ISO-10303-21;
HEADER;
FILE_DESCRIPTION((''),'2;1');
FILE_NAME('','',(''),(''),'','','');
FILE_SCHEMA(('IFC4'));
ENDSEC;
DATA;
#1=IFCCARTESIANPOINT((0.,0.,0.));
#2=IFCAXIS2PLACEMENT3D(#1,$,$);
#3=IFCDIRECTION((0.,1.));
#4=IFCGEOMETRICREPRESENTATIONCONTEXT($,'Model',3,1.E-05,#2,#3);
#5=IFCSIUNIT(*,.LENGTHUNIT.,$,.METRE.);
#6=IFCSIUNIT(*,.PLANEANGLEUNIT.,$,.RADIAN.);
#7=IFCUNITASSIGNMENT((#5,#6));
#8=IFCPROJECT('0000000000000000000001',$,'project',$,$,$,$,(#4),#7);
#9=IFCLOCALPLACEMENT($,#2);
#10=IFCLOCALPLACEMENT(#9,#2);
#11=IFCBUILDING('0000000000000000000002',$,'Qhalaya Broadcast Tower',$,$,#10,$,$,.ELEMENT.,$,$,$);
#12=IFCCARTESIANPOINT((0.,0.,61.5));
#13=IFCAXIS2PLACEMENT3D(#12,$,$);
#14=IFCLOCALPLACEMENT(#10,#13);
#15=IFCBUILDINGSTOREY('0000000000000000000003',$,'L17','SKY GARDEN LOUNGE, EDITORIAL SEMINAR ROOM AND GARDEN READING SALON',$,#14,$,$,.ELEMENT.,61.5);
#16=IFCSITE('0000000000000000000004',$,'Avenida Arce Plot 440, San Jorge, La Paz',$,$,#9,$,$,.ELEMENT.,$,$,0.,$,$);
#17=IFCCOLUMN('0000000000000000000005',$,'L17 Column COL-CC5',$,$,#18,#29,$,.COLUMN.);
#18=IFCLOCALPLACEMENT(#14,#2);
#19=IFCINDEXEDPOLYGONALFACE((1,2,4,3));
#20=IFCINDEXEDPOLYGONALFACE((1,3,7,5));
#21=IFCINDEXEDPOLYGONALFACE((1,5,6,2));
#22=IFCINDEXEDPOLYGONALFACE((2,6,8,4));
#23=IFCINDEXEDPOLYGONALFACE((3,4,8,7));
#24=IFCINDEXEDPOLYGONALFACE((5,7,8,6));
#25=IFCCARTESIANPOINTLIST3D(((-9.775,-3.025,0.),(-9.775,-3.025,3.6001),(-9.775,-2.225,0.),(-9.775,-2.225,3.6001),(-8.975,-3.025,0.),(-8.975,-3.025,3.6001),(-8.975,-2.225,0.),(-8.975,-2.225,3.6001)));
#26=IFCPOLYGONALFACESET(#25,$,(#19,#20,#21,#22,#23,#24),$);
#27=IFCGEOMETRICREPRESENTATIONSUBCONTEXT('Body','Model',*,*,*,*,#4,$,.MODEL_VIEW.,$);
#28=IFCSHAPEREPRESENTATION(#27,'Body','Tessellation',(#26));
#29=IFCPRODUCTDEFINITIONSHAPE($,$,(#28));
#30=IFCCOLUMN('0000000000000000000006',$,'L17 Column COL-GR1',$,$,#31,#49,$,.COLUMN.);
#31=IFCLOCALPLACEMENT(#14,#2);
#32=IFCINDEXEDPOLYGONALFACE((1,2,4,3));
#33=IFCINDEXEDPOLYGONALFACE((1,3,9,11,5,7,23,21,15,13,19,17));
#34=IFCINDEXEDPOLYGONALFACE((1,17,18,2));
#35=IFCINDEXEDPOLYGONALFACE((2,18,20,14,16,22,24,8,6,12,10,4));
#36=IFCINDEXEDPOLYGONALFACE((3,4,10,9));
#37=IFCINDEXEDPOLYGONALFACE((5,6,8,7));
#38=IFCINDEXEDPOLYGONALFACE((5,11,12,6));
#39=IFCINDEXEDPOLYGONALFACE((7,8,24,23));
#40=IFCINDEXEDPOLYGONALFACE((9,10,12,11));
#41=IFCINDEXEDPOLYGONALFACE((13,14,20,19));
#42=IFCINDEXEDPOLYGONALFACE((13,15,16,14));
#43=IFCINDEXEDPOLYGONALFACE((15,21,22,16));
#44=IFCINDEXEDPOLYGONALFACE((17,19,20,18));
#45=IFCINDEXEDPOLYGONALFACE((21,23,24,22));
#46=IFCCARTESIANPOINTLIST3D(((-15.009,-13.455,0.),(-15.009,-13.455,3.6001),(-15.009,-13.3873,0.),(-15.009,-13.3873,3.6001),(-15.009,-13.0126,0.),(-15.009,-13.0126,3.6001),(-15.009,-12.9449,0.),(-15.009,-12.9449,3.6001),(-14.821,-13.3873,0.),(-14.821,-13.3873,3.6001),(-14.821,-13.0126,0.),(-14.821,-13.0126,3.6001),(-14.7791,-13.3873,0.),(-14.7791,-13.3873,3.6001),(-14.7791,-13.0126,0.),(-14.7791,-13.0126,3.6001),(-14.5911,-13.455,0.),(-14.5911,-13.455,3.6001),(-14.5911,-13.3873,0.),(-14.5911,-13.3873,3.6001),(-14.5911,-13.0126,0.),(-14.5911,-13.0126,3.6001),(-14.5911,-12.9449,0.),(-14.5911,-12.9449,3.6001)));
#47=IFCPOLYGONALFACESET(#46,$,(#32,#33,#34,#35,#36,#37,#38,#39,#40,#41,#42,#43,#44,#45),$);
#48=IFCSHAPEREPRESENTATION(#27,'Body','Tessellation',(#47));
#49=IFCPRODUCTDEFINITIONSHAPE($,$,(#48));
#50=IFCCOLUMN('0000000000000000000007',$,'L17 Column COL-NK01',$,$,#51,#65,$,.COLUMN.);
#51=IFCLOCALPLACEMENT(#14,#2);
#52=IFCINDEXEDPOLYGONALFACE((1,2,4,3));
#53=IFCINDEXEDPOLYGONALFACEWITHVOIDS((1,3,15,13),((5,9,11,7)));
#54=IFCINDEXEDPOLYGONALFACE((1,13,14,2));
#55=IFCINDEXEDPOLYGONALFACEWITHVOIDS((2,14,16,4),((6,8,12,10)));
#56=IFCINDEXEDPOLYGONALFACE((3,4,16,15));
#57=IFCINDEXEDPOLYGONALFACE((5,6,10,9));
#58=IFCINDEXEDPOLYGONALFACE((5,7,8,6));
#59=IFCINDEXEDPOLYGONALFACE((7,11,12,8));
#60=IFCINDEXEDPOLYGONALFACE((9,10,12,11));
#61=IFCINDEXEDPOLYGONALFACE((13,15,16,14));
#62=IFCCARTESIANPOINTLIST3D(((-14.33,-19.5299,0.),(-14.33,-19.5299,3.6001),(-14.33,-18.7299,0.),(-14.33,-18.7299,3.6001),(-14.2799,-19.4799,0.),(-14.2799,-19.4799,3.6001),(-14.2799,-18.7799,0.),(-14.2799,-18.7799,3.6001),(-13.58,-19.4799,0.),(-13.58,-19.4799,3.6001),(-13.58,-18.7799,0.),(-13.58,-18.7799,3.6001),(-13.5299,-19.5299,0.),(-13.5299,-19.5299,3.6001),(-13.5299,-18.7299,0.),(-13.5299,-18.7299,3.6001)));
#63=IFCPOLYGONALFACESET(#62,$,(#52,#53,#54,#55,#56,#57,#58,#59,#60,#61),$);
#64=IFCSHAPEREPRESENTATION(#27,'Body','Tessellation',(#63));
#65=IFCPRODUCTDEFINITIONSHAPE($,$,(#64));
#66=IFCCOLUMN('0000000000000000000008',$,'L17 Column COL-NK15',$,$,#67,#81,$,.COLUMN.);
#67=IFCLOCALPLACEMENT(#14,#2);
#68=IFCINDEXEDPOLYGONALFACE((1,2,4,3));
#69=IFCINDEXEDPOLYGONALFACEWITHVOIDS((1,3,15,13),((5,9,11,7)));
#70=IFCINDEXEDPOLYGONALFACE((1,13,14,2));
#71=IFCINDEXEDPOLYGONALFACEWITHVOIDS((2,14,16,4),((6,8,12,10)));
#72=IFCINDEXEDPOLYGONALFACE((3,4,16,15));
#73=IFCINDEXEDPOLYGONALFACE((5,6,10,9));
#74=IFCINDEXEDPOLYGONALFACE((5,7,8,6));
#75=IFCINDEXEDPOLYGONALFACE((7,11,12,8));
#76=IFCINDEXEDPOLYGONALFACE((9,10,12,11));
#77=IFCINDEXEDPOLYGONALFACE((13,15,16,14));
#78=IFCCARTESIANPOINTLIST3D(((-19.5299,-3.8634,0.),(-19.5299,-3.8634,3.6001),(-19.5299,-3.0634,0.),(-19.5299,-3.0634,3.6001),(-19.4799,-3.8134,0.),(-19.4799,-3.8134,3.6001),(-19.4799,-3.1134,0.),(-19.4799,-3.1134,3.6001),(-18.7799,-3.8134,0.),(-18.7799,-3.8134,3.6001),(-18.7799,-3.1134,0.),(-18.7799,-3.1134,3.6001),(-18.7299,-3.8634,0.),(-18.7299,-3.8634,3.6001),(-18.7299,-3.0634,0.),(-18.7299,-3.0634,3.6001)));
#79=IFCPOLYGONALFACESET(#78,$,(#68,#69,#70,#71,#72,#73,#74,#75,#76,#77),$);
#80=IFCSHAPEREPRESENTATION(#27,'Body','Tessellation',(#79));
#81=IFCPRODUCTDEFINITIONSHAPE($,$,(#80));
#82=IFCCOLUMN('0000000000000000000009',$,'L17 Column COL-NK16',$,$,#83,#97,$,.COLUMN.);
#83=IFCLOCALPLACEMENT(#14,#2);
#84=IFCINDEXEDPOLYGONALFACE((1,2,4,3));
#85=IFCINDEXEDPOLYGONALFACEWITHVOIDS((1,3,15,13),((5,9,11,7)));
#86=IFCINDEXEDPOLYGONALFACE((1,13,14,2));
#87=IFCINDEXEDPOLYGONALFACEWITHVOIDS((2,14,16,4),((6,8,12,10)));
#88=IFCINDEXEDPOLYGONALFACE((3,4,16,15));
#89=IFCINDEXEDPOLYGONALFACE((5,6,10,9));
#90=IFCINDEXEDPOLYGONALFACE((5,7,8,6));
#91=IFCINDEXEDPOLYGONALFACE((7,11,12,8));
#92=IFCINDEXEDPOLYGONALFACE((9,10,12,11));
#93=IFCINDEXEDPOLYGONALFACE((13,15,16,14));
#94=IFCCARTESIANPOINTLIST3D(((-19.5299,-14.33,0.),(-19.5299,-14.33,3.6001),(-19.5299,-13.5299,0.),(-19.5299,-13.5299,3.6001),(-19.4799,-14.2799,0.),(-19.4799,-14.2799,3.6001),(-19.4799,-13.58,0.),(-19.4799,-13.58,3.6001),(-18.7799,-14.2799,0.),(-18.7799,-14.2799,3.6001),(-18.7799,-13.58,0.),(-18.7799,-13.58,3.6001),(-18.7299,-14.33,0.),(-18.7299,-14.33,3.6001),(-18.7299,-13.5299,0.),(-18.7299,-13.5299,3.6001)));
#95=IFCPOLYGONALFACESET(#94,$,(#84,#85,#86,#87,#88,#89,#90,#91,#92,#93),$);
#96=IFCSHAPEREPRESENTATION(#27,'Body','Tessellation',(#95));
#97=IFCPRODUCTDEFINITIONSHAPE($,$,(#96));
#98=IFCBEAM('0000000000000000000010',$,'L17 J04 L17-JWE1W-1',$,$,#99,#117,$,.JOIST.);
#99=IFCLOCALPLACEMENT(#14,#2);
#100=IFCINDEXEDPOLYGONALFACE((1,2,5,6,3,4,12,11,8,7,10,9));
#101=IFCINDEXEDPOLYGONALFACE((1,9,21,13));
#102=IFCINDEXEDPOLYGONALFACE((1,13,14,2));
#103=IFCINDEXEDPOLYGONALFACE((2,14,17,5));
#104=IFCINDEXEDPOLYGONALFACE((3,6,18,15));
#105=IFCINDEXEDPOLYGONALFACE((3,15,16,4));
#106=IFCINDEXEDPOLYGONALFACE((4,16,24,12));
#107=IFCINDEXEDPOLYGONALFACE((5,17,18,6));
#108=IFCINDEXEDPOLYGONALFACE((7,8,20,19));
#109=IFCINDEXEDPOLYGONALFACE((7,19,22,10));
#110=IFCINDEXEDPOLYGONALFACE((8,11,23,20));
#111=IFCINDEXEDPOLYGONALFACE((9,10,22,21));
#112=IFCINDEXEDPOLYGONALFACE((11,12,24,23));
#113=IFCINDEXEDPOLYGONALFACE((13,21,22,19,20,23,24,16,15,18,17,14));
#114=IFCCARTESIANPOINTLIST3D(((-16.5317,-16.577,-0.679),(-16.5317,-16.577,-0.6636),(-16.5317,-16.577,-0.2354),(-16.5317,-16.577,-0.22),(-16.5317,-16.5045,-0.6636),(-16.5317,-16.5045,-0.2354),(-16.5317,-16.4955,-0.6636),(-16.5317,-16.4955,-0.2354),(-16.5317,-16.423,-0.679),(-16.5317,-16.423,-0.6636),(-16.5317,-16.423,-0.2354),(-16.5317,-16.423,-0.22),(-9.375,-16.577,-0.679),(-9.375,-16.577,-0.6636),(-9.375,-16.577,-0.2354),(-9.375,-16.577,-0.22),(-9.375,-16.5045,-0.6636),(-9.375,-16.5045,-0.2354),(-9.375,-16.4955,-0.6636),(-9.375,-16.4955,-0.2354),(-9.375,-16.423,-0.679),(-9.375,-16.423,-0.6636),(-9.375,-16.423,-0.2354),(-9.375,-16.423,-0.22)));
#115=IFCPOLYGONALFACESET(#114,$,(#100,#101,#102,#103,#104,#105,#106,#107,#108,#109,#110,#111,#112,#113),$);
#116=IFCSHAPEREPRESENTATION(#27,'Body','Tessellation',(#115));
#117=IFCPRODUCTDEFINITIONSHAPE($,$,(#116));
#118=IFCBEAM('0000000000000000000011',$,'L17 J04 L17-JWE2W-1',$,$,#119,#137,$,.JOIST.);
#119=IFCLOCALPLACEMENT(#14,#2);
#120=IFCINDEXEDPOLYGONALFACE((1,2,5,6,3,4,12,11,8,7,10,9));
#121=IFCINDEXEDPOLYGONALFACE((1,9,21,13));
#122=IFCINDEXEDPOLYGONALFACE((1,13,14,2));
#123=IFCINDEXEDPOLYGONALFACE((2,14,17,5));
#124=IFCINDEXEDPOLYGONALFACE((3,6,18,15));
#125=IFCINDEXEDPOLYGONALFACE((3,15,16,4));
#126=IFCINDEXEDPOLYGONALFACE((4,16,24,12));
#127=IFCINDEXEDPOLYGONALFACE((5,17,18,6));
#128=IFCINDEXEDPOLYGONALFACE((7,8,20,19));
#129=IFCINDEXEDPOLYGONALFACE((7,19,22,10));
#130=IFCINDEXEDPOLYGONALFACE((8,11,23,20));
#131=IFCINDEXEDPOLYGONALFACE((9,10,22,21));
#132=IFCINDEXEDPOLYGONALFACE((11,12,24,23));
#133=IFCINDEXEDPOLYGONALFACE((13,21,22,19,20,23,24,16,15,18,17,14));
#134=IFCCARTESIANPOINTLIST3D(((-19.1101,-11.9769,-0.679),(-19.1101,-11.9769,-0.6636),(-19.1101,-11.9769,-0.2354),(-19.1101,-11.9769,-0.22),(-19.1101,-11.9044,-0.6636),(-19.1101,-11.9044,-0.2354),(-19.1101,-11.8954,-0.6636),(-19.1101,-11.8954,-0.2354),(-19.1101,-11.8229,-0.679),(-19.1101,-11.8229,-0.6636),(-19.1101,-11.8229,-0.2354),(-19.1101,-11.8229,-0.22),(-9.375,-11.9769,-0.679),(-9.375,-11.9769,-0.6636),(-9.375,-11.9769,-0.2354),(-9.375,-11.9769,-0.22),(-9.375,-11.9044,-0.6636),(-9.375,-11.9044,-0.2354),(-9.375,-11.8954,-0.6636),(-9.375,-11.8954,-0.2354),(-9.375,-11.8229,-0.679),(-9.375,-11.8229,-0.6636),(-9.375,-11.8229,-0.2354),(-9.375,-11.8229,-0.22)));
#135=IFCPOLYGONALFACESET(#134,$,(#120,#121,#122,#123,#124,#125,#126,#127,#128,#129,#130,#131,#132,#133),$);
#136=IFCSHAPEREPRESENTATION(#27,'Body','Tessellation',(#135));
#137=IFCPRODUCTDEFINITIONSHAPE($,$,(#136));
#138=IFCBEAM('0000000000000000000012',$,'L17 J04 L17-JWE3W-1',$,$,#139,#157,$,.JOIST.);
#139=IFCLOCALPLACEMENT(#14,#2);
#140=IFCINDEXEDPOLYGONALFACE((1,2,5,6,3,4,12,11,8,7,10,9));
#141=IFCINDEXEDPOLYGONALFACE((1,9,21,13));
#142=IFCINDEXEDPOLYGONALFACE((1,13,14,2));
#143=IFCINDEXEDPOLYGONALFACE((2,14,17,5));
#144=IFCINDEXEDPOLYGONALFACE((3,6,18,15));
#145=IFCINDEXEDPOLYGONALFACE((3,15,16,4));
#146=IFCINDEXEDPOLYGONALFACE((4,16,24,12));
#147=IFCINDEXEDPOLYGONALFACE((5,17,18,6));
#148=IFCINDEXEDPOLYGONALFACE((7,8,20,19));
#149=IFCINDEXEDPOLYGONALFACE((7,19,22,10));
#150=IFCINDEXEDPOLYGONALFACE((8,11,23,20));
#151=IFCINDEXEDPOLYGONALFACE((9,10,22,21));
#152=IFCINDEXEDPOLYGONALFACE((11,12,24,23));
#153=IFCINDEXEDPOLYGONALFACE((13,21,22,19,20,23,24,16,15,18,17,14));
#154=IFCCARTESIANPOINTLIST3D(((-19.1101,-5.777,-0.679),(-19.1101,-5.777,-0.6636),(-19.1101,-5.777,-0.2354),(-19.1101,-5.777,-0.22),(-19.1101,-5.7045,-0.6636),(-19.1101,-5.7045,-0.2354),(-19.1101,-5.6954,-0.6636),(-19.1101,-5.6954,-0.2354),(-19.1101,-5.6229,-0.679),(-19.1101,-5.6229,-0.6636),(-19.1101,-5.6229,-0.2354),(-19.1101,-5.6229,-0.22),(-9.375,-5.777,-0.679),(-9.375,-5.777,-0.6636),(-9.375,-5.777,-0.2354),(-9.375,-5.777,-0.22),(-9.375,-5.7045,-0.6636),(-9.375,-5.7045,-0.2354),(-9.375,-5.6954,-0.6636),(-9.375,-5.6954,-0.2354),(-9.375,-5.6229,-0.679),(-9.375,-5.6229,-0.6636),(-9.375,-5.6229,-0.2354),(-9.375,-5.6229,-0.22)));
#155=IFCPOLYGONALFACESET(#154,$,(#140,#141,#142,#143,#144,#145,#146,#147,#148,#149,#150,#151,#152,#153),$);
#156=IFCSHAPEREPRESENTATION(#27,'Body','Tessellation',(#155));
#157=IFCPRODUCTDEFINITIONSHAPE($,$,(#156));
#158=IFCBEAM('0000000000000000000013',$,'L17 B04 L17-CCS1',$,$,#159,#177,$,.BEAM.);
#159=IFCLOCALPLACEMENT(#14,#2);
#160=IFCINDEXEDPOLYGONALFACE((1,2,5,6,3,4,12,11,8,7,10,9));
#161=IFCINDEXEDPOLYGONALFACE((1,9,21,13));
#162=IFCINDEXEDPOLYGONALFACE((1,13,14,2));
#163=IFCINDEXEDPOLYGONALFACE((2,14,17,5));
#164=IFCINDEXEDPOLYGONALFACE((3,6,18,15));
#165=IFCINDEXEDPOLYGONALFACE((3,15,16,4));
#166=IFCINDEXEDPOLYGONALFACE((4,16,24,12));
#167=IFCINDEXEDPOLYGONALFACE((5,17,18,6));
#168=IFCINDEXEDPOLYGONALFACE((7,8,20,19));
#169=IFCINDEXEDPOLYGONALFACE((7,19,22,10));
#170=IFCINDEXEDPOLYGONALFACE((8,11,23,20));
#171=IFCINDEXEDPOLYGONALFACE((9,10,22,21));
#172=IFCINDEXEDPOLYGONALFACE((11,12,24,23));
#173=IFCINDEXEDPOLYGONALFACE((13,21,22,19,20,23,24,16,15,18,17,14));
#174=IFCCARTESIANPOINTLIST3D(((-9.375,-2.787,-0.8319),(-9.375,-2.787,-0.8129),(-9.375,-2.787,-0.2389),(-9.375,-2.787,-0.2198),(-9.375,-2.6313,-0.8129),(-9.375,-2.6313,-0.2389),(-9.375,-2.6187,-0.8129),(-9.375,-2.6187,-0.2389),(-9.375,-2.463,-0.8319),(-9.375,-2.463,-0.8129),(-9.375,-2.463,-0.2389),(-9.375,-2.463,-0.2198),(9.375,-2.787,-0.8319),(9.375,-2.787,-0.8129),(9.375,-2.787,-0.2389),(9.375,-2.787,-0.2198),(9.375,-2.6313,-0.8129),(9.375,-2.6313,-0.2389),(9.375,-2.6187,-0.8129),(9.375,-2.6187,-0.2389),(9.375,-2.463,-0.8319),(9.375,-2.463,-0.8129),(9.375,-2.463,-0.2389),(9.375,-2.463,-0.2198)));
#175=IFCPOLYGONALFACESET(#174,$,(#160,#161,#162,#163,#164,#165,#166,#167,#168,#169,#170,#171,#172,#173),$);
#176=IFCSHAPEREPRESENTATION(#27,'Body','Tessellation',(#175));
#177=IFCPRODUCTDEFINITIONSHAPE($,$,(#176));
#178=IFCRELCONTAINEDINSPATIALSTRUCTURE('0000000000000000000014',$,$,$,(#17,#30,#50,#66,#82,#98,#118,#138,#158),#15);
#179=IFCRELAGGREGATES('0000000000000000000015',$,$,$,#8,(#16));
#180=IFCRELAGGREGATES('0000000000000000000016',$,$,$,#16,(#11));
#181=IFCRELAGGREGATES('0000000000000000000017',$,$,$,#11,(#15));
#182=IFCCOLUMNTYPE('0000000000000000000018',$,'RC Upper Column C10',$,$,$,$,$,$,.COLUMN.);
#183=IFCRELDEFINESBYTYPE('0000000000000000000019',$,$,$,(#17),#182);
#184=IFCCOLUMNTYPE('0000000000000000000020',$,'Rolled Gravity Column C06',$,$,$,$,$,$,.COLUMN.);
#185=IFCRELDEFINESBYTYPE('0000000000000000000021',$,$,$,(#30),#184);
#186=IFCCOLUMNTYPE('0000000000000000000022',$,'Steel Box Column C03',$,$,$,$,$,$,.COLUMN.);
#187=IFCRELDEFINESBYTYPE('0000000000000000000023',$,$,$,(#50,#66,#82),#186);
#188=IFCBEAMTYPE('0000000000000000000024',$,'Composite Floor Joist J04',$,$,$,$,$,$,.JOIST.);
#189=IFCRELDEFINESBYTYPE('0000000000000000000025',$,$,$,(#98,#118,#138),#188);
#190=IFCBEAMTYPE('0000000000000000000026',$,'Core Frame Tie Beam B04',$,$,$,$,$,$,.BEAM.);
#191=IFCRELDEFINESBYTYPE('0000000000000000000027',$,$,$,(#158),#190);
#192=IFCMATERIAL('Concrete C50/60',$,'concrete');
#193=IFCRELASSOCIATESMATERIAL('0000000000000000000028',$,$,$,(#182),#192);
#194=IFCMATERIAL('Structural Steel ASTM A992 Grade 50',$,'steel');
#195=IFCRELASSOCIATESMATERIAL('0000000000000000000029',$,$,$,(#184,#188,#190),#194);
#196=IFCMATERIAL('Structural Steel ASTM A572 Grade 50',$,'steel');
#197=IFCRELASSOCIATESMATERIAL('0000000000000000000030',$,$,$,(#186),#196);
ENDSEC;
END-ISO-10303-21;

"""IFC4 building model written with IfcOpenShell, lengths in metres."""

from ifc_helpers import new_model, si_unit, direction, frame, origin, origin_2d, place, context, subcontext, project, spatial, rectangle, hollow_rectangle, i_section, extrude, material, material_profile, profile_set, type_object, element, save


model = new_model("IFC4")

# Units and contexts
model_context = context("Model", 3, precision=1e-05, world=origin(), true_north=direction((0.0, 1.0)))
body_context = subcontext(model_context, "Body", "Model", "MODEL_VIEW")
ifc_project = project(units=[si_unit("LENGTHUNIT", "METRE"), si_unit("PLANEANGLEUNIT", "RADIAN")], contexts=[model_context])

# Site, building, storey
site_placement = place(None, origin())
site = spatial("IfcSite", under=ifc_project, at=site_placement, Name="Avenida Arce Plot 440, San Jorge, La Paz", CompositionType="ELEMENT", RefElevation=0.0)
building_placement = place(site_placement, origin())
building = spatial("IfcBuilding", under=site, at=building_placement, Name="Qhalaya Broadcast Tower", CompositionType="ELEMENT")
storey_placement = place(building_placement, frame((0.0, 0.0, 61.5)))
storey = spatial("IfcBuildingStorey", under=building, at=storey_placement, Name="L17", Description="SKY GARDEN LOUNGE, EDITORIAL SEMINAR ROOM AND GARDEN READING SALON", CompositionType="ELEMENT", Elevation=61.5)

# Columns
ifc_material_1 = material(Name="Concrete C50/60", Category="concrete")
ifc_material_profile_1 = material_profile(ifc_material_1, rectangle(XDim=0.8, YDim=0.8, at=origin_2d()), Name="RC-COL 800x800")
ifc_profile_set_1 = profile_set([ifc_material_profile_1], Name="Concrete C50/60")
column_type_1 = type_object("IfcColumnType", Name="RC Upper Column C10", PredefinedType="COLUMN", material=ifc_profile_set_1)
column_1_placement = place(storey_placement, frame((-9.375, -2.625, 0.0), z_axis=(0.0, 0.0, 1.0), x_axis=(1.0, 0.0, 0.0)))
element("IfcColumn", 1, at=column_1_placement, inside=storey, type_object=column_type_1, Name="L17 Column COL-CC5", PredefinedType="COLUMN", context=body_context, shape_type="SweptSolid", body=[
    extrude(rectangle(XDim=0.8, YDim=0.8, at=origin_2d()), origin(), (0.0, 0.0, 1.0), 3.6001),
])
ifc_material_2 = material(Name="Structural Steel ASTM A992 Grade 50", Category="steel")
ifc_material_profile_2 = material_profile(ifc_material_2, i_section(OverallWidth=0.418, OverallDepth=0.51, WebThickness=0.042, FlangeThickness=0.0676, at=origin_2d()), Name="W14X370")
ifc_profile_set_2 = profile_set([ifc_material_profile_2], Name="Structural Steel ASTM A992 Grade 50")
column_type_2 = type_object("IfcColumnType", Name="Rolled Gravity Column C06", PredefinedType="COLUMN", material=ifc_profile_set_2)
column_2_placement = place(storey_placement, frame((-14.8, -13.2, 0.0), z_axis=(0.0, 0.0, 1.0), x_axis=(1.0, 0.0, 0.0)))
element("IfcColumn", 2, at=column_2_placement, inside=storey, type_object=column_type_2, Name="L17 Column COL-GR1", PredefinedType="COLUMN", context=body_context, shape_type="SweptSolid", body=[
    extrude(i_section(OverallWidth=0.418, OverallDepth=0.51, WebThickness=0.042, FlangeThickness=0.0676, at=origin_2d()), origin(), (0.0, 0.0, 1.0), 3.6001),
])
ifc_material_3 = material(Name="Structural Steel ASTM A572 Grade 50", Category="steel")
ifc_material_profile_3 = material_profile(ifc_material_3, hollow_rectangle(XDim=0.8, YDim=0.8, WallThickness=0.05, at=origin_2d()), Name="BOX 800x800x50")
ifc_profile_set_3 = profile_set([ifc_material_profile_3], Name="Structural Steel ASTM A572 Grade 50")
column_type_3 = type_object("IfcColumnType", Name="Steel Box Column C03", PredefinedType="COLUMN", material=ifc_profile_set_3)
for number, where, z_axis, x_axis, name in (
    (3, (-13.9299, -19.1299, 0.0), (0.0, 0.0, 1.0), (1.0, 0.0, 0.0), "L17 Column COL-NK01"),
    (4, (-19.1299, -3.4634, 0.0), (0.0, 0.0, 1.0), (0.0, 1.0, 0.0), "L17 Column COL-NK15"),
    (5, (-19.1299, -13.9299, 0.0), (0.0, 0.0, 1.0), (0.0, 1.0, 0.0), "L17 Column COL-NK16"),
):
    element("IfcColumn", number, at=place(storey_placement, frame(where, z_axis=z_axis, x_axis=x_axis)), inside=storey, type_object=column_type_3, Name=name, PredefinedType="COLUMN", context=body_context, shape_type="SweptSolid", body=[
        extrude(hollow_rectangle(XDim=0.8, YDim=0.8, WallThickness=0.05, at=origin_2d()), origin(), (0.0, 0.0, 1.0), 3.6001),
    ])

# Beams
ifc_material_profile_4 = material_profile(ifc_material_2, i_section(OverallWidth=0.1541, OverallDepth=0.459, WebThickness=0.009, FlangeThickness=0.0154, at=origin_2d()), Name="W18X46")
ifc_profile_set_4 = profile_set([ifc_material_profile_4], Name="Structural Steel ASTM A992 Grade 50")
beam_type_1 = type_object("IfcBeamType", Name="Composite Floor Joist J04", PredefinedType="JOIST", material=ifc_profile_set_4)
beam_1_placement = place(storey_placement, frame((-16.5317, -16.5, -0.4495), z_axis=(1.0, 0.0, 0.0), x_axis=(0.0, 1.0, 0.0)))
element("IfcBeam", 6, at=beam_1_placement, inside=storey, type_object=beam_type_1, Name="L17 J04 L17-JWE1W-1", PredefinedType="JOIST", context=body_context, shape_type="SweptSolid", body=[
    extrude(i_section(OverallWidth=0.1541, OverallDepth=0.459, WebThickness=0.009, FlangeThickness=0.0154, at=origin_2d()), origin(), (0.0, 0.0, 1.0), 7.1567),
])
for number, where, z_axis, x_axis, name in (
    (7, (-19.1101, -11.8999, -0.4495), (1.0, 0.0, 0.0), (0.0, 1.0, 0.0), "L17 J04 L17-JWE2W-1"),
    (8, (-19.1101, -5.7, -0.4495), (1.0, 0.0, 0.0), (0.0, 1.0, 0.0), "L17 J04 L17-JWE3W-1"),
):
    element("IfcBeam", number, at=place(storey_placement, frame(where, z_axis=z_axis, x_axis=x_axis)), inside=storey, type_object=beam_type_1, Name=name, PredefinedType="JOIST", context=body_context, shape_type="SweptSolid", body=[
        extrude(i_section(OverallWidth=0.1541, OverallDepth=0.459, WebThickness=0.009, FlangeThickness=0.0154, at=origin_2d()), origin(), (0.0, 0.0, 1.0), 9.7351),
    ])
ifc_material_profile_5 = material_profile(ifc_material_2, i_section(OverallWidth=0.324, OverallDepth=0.6121, WebThickness=0.0127, FlangeThickness=0.019, at=origin_2d()), Name="W24X104")
ifc_profile_set_5 = profile_set([ifc_material_profile_5], Name="Structural Steel ASTM A992 Grade 50")
beam_type_2 = type_object("IfcBeamType", Name="Core Frame Tie Beam B04", PredefinedType="BEAM", material=ifc_profile_set_5)
beam_2_placement = place(storey_placement, frame((-9.375, -2.625, -0.5259), z_axis=(1.0, 0.0, 0.0), x_axis=(0.0, 1.0, 0.0)))
element("IfcBeam", 9, at=beam_2_placement, inside=storey, type_object=beam_type_2, Name="L17 B04 L17-CCS1", PredefinedType="BEAM", context=body_context, shape_type="SweptSolid", body=[
    extrude(i_section(OverallWidth=0.324, OverallDepth=0.6121, WebThickness=0.0127, FlangeThickness=0.019, at=origin_2d()), origin(), (0.0, 0.0, 1.0), 18.75),
])

save(model, "model.ifc")
